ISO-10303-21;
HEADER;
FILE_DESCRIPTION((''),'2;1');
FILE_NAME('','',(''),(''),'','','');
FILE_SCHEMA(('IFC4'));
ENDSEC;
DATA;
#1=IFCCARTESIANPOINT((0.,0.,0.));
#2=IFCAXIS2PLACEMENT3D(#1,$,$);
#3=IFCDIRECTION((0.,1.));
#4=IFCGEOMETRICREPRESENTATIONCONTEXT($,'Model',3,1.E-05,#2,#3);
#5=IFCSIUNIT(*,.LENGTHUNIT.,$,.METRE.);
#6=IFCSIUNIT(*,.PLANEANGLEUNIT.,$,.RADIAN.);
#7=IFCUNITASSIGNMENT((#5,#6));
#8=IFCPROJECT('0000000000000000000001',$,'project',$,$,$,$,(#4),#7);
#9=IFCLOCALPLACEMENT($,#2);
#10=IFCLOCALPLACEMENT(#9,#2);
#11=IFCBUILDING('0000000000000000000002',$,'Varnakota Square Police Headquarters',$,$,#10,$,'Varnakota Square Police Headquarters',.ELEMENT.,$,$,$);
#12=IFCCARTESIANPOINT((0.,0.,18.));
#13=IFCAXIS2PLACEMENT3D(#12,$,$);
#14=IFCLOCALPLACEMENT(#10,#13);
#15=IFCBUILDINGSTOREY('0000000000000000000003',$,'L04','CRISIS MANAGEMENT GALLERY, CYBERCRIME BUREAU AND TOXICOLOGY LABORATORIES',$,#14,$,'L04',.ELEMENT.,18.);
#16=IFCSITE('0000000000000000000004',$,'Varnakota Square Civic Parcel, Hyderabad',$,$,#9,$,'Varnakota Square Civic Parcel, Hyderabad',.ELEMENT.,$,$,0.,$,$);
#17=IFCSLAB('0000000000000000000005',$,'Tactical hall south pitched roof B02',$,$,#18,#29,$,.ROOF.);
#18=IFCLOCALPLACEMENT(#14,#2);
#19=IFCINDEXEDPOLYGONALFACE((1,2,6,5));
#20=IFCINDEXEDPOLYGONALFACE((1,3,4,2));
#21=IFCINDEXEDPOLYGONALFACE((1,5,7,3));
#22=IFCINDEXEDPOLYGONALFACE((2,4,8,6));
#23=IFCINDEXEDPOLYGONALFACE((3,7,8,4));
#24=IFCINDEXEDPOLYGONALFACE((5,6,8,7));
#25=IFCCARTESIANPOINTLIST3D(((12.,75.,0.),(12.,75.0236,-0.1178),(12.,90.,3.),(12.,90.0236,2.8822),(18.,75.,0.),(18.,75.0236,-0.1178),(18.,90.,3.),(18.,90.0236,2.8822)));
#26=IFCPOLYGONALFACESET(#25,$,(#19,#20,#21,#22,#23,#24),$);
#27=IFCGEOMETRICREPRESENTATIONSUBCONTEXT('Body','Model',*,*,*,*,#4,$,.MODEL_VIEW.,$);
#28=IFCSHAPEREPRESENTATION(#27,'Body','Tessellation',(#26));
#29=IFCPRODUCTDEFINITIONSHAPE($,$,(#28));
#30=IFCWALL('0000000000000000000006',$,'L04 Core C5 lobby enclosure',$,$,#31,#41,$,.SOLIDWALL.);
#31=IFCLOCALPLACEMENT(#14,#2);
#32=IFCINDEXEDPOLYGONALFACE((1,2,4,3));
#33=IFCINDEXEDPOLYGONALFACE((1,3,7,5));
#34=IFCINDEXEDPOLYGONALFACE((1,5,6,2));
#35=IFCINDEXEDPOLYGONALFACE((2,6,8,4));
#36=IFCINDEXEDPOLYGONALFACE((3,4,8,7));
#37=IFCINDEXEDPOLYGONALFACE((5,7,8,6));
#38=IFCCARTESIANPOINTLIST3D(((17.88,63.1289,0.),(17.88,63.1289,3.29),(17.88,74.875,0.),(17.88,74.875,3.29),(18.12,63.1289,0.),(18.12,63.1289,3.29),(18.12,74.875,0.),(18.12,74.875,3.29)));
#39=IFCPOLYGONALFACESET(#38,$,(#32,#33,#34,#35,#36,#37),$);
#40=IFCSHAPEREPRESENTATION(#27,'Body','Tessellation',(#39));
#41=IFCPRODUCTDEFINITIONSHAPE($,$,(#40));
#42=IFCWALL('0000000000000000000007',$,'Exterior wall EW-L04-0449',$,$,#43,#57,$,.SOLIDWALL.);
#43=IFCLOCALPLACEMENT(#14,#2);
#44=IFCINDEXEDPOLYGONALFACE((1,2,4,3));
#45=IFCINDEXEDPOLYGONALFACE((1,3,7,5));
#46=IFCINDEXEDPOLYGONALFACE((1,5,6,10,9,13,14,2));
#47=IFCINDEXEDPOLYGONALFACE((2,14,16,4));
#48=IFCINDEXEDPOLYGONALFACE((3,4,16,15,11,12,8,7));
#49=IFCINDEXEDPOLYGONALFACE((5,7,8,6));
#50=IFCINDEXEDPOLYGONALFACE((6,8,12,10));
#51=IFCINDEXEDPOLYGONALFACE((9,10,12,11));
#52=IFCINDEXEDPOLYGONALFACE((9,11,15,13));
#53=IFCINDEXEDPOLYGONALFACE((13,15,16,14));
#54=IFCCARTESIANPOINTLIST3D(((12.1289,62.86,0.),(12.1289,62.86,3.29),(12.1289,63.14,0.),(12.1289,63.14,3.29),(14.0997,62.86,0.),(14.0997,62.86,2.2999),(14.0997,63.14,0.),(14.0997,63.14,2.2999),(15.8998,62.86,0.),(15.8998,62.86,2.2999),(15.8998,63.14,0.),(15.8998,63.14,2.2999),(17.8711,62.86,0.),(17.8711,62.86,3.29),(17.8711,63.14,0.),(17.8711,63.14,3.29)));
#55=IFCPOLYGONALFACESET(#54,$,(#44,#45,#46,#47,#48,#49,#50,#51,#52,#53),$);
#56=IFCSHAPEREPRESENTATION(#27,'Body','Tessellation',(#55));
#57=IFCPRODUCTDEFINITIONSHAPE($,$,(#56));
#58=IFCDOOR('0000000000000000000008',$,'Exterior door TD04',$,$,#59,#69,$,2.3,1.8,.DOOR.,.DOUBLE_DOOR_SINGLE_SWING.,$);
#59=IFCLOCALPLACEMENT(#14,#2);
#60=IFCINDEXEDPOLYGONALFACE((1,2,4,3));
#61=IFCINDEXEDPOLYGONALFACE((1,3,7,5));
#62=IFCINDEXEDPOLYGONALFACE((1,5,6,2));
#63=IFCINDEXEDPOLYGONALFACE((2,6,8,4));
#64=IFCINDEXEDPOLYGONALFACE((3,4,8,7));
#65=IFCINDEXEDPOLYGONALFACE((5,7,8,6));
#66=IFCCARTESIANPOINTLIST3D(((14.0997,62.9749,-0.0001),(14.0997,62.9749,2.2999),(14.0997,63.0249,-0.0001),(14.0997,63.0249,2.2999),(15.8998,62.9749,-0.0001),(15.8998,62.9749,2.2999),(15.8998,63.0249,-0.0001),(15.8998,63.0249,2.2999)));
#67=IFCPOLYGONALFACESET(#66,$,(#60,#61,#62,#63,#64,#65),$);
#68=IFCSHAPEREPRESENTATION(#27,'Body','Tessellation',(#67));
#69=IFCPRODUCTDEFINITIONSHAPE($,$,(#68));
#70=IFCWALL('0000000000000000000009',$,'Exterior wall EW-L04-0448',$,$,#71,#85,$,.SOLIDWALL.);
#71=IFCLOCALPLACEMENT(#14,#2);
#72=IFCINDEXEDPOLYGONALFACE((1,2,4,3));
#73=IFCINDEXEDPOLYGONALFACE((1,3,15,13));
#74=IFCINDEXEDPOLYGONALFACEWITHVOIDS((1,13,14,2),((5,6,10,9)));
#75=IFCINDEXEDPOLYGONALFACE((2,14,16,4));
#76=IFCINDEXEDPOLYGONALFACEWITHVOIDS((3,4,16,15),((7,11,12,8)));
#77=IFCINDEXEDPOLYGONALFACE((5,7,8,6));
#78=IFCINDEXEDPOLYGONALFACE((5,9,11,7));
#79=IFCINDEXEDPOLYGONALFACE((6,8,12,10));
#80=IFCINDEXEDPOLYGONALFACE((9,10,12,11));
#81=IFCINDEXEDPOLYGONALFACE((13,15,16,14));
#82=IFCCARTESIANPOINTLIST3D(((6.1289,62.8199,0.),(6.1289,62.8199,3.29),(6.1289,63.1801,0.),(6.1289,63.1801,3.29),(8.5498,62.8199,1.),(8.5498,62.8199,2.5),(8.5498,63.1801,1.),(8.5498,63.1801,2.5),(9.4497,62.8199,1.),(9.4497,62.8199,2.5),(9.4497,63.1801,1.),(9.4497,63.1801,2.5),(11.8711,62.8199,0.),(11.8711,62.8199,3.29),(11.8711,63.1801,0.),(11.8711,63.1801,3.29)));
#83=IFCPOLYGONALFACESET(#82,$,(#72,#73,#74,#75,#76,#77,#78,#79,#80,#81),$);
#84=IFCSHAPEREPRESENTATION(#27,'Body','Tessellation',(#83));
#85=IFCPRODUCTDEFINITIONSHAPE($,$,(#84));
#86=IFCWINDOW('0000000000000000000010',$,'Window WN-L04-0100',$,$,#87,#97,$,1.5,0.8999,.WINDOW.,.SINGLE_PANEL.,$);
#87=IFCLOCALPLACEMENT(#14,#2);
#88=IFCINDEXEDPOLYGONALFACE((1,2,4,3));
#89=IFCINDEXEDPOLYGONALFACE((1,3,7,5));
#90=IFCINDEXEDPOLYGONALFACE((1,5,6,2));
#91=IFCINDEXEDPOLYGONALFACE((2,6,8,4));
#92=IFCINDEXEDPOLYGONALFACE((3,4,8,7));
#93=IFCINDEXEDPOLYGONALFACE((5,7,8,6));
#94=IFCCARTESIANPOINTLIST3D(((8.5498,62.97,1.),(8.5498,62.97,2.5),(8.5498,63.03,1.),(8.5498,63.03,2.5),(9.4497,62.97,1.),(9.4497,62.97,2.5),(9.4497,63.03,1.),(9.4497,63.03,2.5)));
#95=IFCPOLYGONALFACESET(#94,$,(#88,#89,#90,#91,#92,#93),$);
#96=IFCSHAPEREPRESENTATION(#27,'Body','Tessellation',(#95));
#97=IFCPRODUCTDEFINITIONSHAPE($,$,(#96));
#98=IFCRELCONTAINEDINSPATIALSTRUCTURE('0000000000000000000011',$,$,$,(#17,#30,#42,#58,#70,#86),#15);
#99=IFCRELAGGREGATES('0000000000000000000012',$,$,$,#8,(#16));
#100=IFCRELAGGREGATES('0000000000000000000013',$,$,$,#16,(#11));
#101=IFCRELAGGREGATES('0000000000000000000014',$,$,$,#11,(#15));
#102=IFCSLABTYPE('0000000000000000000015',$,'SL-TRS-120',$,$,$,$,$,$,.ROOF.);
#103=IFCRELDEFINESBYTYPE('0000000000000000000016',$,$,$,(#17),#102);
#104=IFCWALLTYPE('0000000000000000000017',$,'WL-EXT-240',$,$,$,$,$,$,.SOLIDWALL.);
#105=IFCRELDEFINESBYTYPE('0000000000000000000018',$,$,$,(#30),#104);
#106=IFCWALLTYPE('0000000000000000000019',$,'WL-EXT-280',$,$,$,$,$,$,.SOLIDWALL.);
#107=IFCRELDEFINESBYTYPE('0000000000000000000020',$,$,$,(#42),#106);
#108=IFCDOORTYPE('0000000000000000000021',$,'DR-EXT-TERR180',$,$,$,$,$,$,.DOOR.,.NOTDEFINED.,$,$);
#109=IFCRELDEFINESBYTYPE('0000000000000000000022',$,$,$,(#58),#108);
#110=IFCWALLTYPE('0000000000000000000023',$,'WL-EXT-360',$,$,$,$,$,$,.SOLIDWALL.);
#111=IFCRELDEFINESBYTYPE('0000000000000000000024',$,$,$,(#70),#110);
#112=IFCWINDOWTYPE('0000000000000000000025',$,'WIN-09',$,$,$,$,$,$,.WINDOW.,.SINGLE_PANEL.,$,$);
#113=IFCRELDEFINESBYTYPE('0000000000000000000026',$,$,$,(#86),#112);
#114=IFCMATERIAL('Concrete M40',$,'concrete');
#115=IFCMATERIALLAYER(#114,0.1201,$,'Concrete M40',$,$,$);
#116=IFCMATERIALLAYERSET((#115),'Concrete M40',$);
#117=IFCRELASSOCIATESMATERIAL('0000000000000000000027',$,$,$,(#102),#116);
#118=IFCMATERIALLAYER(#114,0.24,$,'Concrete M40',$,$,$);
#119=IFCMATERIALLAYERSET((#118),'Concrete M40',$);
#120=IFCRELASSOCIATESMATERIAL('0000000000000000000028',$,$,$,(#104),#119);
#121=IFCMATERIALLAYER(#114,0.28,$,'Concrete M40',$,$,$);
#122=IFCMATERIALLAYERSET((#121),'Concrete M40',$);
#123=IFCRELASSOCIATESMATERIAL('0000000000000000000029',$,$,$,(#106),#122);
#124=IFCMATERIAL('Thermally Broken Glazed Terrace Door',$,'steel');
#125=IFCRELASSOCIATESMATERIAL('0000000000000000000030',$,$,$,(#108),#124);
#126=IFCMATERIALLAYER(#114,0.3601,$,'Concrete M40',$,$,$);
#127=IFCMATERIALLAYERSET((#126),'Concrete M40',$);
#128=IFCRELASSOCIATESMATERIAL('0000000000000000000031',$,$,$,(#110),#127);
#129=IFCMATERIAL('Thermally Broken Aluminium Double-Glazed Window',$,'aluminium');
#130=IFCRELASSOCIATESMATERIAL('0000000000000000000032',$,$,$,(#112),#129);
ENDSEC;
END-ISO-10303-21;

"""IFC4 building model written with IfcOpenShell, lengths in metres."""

from ifc_helpers import new_model, si_unit, direction, frame, frame_2d, origin, place, context, subcontext, project, spatial, polyline, rectangle, outline, extrude, material, layer, layer_set, type_object, element, fill, save


model = new_model("IFC4")

# Units and contexts
model_context = context("Model", 3, precision=1e-05, world=origin(), true_north=direction((0.0, 1.0)))
body_context = subcontext(model_context, "Body", "Model", "MODEL_VIEW")
ifc_project = project(units=[si_unit("LENGTHUNIT", "METRE"), si_unit("PLANEANGLEUNIT", "RADIAN")], contexts=[model_context])

# Site, building, storey
site_placement = place(None, origin())
site = spatial("IfcSite", under=ifc_project, at=site_placement, Name="Varnakota Square Civic Parcel, Hyderabad", LongName="Varnakota Square Civic Parcel, Hyderabad", CompositionType="ELEMENT", RefElevation=0.0)
building_placement = place(site_placement, origin())
building = spatial("IfcBuilding", under=site, at=building_placement, Name="Varnakota Square Police Headquarters", LongName="Varnakota Square Police Headquarters", CompositionType="ELEMENT")
storey_placement = place(building_placement, frame((0.0, 0.0, 18.0)))
storey = spatial("IfcBuildingStorey", under=building, at=storey_placement, Name="L04", Description="CRISIS MANAGEMENT GALLERY, CYBERCRIME BUREAU AND TOXICOLOGY LABORATORIES", LongName="L04", CompositionType="ELEMENT", Elevation=18.0)

# Slab
ifc_material_1 = material(Name="Concrete M40", Category="concrete")
ifc_layer_1 = layer(ifc_material_1, 0.1201, Name="Concrete M40")
ifc_layer_set_1 = layer_set([ifc_layer_1], Name="Concrete M40")
slab_type = type_object("IfcSlabType", Name="SL-TRS-120", PredefinedType="ROOF", material=ifc_layer_set_1)
for number, where, z_axis, x_axis, name in (
    (1, (12.0, 75.0, 0.0), (0.0, -0.196116, 0.980581), (1.0, 0.0, 0.0), "Tactical hall south pitched roof B02"),
):
    element("IfcSlab", number, at=place(storey_placement, frame(where, z_axis=z_axis, x_axis=x_axis)), inside=storey, type_object=slab_type, Name=name, PredefinedType="ROOF", context=body_context, shape_type="SweptSolid", body=[
        extrude(outline(polyline([(0.0, 0.0), (6.0, 0.0), (6.0, 15.2971), (0.0, 15.2971), (0.0, 0.0)])), origin(), (0.0, 0.0, -1.0), 0.1201),
    ])

# Wall
ifc_layer_2 = layer(ifc_material_1, 0.24, Name="Concrete M40")
ifc_layer_set_2 = layer_set([ifc_layer_2], Name="Concrete M40")
wall_type_1 = type_object("IfcWallType", Name="WL-EXT-240", PredefinedType="SOLIDWALL", material=ifc_layer_set_2)
wall_1_placement = place(storey_placement, frame((18.0, 63.1289, 0.0), z_axis=(0.0, 0.0, 1.0), x_axis=(0.0, 1.0, 0.0)))
element("IfcWall", 2, at=wall_1_placement, inside=storey, type_object=wall_type_1, Name="L04 Core C5 lobby enclosure", PredefinedType="SOLIDWALL", context=body_context, shape_type="SweptSolid", body=[
    extrude(rectangle(XDim=11.7461, YDim=0.24, at=frame_2d((5.873, 0.0))), origin(), (0.0, 0.0, 1.0), 3.29),
])

# Wall, opening, door
ifc_layer_3 = layer(ifc_material_1, 0.28, Name="Concrete M40")
ifc_layer_set_3 = layer_set([ifc_layer_3], Name="Concrete M40")
wall_type_2 = type_object("IfcWallType", Name="WL-EXT-280", PredefinedType="SOLIDWALL", material=ifc_layer_set_3)
wall_2_placement = place(storey_placement, frame((12.1289, 63.0, 0.0), z_axis=(0.0, 0.0, 1.0), x_axis=(1.0, 0.0, 0.0)))
wall_2 = element("IfcWall", 3, at=wall_2_placement, inside=storey, type_object=wall_type_2, Name="Exterior wall EW-L04-0449", PredefinedType="SOLIDWALL", context=body_context, shape_type="SweptSolid", body=[
    extrude(rectangle(XDim=5.7422, YDim=0.28, at=frame_2d((2.8711, 0.0))), origin(), (0.0, 0.0, 1.0), 3.29),
])
opening_1_placement = place(wall_2_placement, frame((1.9709, 0.0, 0.0)))
opening_1 = element("IfcOpeningElement", 4, at=opening_1_placement, cuts=wall_2, PredefinedType="OPENING", context=body_context, shape_type="SweptSolid", body=[
    extrude(rectangle(XDim=1.8, YDim=2.3, at=frame_2d((0.8999, 1.1499))), frame((0.0, 0.1499, 0.0), z_axis=(0.0, -1.0, 0.0), x_axis=(1.0, 0.0, 0.0)), (0.0, 0.0, 1.0), 0.3),
])
ifc_material_2 = material(Name="Thermally Broken Glazed Terrace Door", Category="steel")
door_type = type_object("IfcDoorType", Name="DR-EXT-TERR180", OperationType="NOTDEFINED", PredefinedType="DOOR", material=ifc_material_2)
door_placement = place(opening_1_placement, origin())
door = element("IfcDoor", 5, at=door_placement, inside=storey, type_object=door_type, Name="Exterior door TD04", OperationType="DOUBLE_DOOR_SINGLE_SWING", OverallHeight=2.3, OverallWidth=1.8, PredefinedType="DOOR", context=body_context, shape_type="SweptSolid", body=[
    extrude(rectangle(XDim=1.8, YDim=2.3, at=frame_2d((0.8999, 1.1499))), frame((0.0, 0.0249, 0.0), z_axis=(0.0, -1.0, 0.0), x_axis=(1.0, 0.0, 0.0)), (0.0, 0.0, 1.0), 0.05),
])
fill(opening_1, door)

# Wall, opening, window
ifc_layer_4 = layer(ifc_material_1, 0.3601, Name="Concrete M40")
ifc_layer_set_4 = layer_set([ifc_layer_4], Name="Concrete M40")
wall_type_3 = type_object("IfcWallType", Name="WL-EXT-360", PredefinedType="SOLIDWALL", material=ifc_layer_set_4)
wall_3_placement = place(storey_placement, frame((6.1289, 63.0, 0.0), z_axis=(0.0, 0.0, 1.0), x_axis=(1.0, 0.0, 0.0)))
wall_3 = element("IfcWall", 6, at=wall_3_placement, inside=storey, type_object=wall_type_3, Name="Exterior wall EW-L04-0448", PredefinedType="SOLIDWALL", context=body_context, shape_type="SweptSolid", body=[
    extrude(rectangle(XDim=5.7422, YDim=0.3601, at=frame_2d((2.8711, 0.0))), origin(), (0.0, 0.0, 1.0), 3.29),
])
opening_2_placement = place(wall_3_placement, frame((2.4209, 0.0, 1.0)))
opening_2 = element("IfcOpeningElement", 7, at=opening_2_placement, cuts=wall_3, PredefinedType="OPENING", context=body_context, shape_type="SweptSolid", body=[
    extrude(rectangle(XDim=0.8999, YDim=1.5, at=frame_2d((0.45, 0.75))), frame((0.0, 0.1899, 0.0), z_axis=(0.0, -1.0, 0.0), x_axis=(1.0, 0.0, 0.0)), (0.0, 0.0, 1.0), 0.3801),
])
ifc_material_3 = material(Name="Thermally Broken Aluminium Double-Glazed Window", Category="aluminium")
window_type = type_object("IfcWindowType", Name="WIN-09", PartitioningType="SINGLE_PANEL", PredefinedType="WINDOW", material=ifc_material_3)
window_placement = place(opening_2_placement, origin())
window = element("IfcWindow", 8, at=window_placement, inside=storey, type_object=window_type, Name="Window WN-L04-0100", OverallHeight=1.5, OverallWidth=0.8999, PartitioningType="SINGLE_PANEL", PredefinedType="WINDOW", context=body_context, shape_type="SweptSolid", body=[
    extrude(rectangle(XDim=0.8999, YDim=1.5, at=frame_2d((0.45, 0.75))), frame((0.0, 0.03, 0.0), z_axis=(0.0, -1.0, 0.0), x_axis=(1.0, 0.0, 0.0)), (0.0, 0.0, 1.0), 0.0601),
])
fill(opening_2, window)

save(model, "model.ifc")
